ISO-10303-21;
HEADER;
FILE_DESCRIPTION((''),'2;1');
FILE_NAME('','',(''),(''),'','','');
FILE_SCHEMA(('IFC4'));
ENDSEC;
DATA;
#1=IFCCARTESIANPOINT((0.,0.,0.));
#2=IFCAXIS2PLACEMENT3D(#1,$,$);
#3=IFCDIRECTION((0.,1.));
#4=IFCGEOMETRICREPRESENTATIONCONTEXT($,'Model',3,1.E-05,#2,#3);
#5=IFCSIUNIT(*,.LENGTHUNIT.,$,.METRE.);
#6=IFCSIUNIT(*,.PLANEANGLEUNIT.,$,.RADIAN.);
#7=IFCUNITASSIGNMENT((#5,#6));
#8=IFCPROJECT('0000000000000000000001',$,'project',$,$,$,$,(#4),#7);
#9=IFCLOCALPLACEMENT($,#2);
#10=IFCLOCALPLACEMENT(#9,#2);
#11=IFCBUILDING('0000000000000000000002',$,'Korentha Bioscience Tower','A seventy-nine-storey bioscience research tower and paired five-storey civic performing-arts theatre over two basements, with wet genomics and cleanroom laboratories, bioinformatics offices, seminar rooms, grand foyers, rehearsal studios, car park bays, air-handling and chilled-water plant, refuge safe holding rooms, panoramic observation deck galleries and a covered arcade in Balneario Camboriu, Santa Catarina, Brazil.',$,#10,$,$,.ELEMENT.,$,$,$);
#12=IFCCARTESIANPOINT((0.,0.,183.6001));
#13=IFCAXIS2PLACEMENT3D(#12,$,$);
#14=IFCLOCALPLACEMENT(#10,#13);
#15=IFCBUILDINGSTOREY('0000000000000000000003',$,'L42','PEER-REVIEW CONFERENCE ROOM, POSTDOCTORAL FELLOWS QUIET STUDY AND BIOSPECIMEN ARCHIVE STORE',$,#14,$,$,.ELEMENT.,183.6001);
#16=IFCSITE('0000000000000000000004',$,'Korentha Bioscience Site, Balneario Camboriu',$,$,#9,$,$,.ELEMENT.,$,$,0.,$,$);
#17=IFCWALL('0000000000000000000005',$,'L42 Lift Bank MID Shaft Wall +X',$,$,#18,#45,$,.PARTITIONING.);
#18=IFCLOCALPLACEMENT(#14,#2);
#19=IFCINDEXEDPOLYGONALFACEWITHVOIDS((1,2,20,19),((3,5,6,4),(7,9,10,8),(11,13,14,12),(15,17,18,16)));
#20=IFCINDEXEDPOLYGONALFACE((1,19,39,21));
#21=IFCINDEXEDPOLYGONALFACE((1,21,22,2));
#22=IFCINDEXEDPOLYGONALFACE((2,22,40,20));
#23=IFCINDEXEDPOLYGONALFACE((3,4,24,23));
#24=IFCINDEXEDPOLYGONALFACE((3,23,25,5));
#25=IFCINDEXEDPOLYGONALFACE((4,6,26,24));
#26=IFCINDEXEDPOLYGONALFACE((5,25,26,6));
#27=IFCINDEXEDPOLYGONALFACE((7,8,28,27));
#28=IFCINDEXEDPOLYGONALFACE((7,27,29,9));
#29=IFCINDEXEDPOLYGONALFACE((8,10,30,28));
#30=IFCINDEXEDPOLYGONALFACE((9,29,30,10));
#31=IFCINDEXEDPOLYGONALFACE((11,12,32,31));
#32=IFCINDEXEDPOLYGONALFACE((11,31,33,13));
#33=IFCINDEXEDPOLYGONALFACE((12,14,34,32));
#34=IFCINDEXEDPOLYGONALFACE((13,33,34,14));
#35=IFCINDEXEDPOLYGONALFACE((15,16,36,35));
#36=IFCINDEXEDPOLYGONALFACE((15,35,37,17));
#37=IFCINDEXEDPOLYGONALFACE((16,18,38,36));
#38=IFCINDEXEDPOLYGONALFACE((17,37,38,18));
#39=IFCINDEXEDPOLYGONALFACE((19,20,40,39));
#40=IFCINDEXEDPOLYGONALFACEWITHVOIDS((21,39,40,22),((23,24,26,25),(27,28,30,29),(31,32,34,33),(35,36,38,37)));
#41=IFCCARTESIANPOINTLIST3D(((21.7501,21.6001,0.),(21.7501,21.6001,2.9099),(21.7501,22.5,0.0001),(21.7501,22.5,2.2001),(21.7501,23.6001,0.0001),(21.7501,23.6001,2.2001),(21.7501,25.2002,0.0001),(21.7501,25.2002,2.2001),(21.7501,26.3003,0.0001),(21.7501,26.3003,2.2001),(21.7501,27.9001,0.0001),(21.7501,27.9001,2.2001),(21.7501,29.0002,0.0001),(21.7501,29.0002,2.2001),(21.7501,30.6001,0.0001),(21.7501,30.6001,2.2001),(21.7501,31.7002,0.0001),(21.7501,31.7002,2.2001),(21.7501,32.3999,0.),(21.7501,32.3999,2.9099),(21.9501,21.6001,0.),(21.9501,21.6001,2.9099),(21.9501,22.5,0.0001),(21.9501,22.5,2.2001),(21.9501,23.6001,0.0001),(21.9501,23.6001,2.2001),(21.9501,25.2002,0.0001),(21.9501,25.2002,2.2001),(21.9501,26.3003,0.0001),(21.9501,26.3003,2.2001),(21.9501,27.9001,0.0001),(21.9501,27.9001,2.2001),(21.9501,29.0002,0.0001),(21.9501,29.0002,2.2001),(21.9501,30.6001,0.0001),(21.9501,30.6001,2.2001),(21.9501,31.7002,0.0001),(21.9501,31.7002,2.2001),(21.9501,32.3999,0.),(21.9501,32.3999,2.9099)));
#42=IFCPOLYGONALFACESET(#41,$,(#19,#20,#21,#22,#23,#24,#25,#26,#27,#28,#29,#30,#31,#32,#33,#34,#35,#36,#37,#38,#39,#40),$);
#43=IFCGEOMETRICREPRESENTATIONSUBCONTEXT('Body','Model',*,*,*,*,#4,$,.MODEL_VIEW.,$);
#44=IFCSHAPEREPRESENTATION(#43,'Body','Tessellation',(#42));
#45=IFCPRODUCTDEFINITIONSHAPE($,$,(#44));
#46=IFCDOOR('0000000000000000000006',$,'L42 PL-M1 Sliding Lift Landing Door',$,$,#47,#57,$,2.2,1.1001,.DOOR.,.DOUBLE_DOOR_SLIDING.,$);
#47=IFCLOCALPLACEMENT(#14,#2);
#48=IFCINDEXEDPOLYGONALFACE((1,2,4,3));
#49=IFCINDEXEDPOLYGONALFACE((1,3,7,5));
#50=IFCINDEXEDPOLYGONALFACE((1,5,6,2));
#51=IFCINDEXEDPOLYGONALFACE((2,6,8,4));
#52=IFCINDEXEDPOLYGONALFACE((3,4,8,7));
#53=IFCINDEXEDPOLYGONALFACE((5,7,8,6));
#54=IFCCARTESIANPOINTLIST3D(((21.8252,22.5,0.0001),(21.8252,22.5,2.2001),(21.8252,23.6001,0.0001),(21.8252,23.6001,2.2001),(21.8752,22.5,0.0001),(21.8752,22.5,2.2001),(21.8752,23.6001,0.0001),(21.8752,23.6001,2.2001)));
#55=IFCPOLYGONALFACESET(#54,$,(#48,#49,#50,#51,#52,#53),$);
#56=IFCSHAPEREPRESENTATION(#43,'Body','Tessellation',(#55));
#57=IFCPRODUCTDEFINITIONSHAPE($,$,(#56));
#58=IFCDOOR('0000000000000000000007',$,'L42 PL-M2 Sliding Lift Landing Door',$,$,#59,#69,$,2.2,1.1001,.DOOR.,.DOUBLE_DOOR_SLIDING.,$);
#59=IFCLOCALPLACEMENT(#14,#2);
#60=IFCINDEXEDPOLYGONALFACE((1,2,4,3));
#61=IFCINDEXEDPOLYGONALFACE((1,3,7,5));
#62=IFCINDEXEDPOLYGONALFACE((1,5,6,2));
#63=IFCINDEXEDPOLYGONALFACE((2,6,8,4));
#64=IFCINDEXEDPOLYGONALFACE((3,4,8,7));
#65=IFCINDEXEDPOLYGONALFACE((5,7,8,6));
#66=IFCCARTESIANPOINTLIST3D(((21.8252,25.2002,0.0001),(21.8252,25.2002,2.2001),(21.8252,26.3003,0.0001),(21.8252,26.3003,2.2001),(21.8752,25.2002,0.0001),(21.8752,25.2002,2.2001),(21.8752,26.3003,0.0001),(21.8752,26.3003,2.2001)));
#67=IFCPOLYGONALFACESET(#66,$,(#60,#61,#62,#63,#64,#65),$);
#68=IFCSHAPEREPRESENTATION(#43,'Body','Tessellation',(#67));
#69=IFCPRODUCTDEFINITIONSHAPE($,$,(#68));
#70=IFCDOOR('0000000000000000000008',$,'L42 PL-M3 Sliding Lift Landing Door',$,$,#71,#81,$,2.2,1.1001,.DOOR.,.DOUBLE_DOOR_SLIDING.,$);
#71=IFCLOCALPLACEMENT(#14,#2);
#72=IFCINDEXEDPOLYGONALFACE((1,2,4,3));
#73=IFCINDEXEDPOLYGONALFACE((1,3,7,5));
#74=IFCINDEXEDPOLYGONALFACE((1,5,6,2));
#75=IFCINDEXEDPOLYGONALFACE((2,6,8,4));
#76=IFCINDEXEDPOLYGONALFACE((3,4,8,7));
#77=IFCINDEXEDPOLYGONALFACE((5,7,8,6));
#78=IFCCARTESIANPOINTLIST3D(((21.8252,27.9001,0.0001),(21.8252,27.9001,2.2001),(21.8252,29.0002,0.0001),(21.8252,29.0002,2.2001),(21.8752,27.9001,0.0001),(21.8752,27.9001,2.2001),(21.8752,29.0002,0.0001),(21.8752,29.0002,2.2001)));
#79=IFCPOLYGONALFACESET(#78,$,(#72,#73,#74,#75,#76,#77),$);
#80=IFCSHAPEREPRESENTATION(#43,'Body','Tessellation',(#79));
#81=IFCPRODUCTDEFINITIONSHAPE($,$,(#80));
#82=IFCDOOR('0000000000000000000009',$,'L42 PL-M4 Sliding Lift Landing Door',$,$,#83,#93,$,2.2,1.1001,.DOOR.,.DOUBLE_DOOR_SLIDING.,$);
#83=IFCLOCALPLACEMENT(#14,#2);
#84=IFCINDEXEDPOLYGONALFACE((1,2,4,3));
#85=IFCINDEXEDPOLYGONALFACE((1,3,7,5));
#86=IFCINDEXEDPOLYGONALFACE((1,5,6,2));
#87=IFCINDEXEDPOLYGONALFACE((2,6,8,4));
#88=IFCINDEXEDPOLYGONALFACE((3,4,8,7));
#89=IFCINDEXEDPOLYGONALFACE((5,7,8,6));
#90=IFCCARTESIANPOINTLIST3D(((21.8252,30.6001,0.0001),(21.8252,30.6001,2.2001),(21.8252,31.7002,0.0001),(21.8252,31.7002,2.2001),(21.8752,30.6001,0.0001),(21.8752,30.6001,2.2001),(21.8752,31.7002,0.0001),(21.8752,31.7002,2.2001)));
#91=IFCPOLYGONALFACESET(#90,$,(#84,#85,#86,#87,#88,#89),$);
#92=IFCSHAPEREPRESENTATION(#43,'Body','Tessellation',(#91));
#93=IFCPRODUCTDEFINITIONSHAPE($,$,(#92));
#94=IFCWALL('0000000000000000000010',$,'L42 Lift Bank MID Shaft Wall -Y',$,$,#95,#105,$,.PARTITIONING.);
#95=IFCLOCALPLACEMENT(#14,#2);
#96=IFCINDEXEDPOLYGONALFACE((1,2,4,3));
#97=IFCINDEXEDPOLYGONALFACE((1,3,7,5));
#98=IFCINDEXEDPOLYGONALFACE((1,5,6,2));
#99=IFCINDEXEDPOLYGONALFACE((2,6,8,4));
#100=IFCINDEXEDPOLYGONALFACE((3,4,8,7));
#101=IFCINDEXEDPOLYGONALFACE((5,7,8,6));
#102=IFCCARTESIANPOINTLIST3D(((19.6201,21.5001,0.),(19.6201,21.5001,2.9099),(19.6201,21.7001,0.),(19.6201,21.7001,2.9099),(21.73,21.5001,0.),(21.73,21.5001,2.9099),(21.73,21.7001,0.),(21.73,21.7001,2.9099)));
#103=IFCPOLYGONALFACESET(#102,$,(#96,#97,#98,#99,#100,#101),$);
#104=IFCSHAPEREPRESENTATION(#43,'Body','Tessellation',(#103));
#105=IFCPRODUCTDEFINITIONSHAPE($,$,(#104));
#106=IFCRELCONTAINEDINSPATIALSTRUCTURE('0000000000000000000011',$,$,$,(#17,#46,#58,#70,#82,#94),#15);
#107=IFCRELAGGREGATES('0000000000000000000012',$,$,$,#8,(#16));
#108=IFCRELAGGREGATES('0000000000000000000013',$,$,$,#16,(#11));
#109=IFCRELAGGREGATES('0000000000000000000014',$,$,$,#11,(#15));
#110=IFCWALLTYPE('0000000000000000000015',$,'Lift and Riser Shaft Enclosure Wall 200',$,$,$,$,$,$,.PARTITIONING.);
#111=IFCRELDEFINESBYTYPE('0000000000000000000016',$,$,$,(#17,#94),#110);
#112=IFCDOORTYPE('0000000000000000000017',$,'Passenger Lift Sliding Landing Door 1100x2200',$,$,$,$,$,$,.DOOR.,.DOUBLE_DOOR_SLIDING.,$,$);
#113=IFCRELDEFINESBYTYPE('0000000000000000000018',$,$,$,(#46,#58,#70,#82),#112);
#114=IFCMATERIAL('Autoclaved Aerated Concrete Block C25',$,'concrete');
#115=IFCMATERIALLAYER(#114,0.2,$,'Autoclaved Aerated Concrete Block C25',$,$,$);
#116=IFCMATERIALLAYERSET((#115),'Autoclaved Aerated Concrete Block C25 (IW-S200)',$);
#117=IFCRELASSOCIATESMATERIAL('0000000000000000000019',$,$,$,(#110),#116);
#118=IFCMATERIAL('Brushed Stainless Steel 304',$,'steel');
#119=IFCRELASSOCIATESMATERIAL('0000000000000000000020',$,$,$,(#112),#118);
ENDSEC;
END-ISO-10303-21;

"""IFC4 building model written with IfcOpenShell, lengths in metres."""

from ifc_helpers import new_model, si_unit, direction, frame, frame_2d, origin, place, context, subcontext, project, spatial, rectangle, extrude, material, layer, layer_set, type_object, element, fill, save


model = new_model("IFC4")

# Units and contexts
model_context = context("Model", 3, precision=1e-05, world=origin(), true_north=direction((0.0, 1.0)))
body_context = subcontext(model_context, "Body", "Model", "MODEL_VIEW")
ifc_project = project(units=[si_unit("LENGTHUNIT", "METRE"), si_unit("PLANEANGLEUNIT", "RADIAN")], contexts=[model_context])

# Site, building, storey
site_placement = place(None, origin())
site = spatial("IfcSite", under=ifc_project, at=site_placement, Name="Korentha Bioscience Site, Balneario Camboriu", CompositionType="ELEMENT", RefElevation=0.0)
building_placement = place(site_placement, origin())
building = spatial("IfcBuilding", under=site, at=building_placement, Name="Korentha Bioscience Tower", Description="A seventy-nine-storey bioscience research tower and paired five-storey civic performing-arts theatre over two basements, with wet genomics and cleanroom laboratories, bioinformatics offices, seminar rooms, grand foyers, rehearsal studios, car park bays, air-handling and chilled-water plant, refuge safe holding rooms, panoramic observation deck galleries and a covered arcade in Balneario Camboriu, Santa Catarina, Brazil.", CompositionType="ELEMENT")
storey_placement = place(building_placement, frame((0.0, 0.0, 183.6001)))
storey = spatial("IfcBuildingStorey", under=building, at=storey_placement, Name="L42", Description="PEER-REVIEW CONFERENCE ROOM, POSTDOCTORAL FELLOWS QUIET STUDY AND BIOSPECIMEN ARCHIVE STORE", CompositionType="ELEMENT", Elevation=183.6001)

# Shared definitions
ifc_material_1 = material(Name="Autoclaved Aerated Concrete Block C25", Category="concrete")
ifc_layer_1 = layer(ifc_material_1, 0.2, Name="Autoclaved Aerated Concrete Block C25")
ifc_layer_set_1 = layer_set([ifc_layer_1], Name="Autoclaved Aerated Concrete Block C25 (IW-S200)")
wall_type_1 = type_object("IfcWallType", Name="Lift and Riser Shaft Enclosure Wall 200", PredefinedType="PARTITIONING", material=ifc_layer_set_1)

# Wall, openings, doors
wall_1_placement = place(storey_placement, frame((21.8501, 21.6001, 0.0), z_axis=(0.0, 0.0, 1.0), x_axis=(0.0, 1.0, 0.0)))
wall_1 = element("IfcWall", 1, at=wall_1_placement, inside=storey, type_object=wall_type_1, Name="L42 Lift Bank MID Shaft Wall +X", PredefinedType="PARTITIONING", context=body_context, shape_type="SweptSolid", body=[
    extrude(rectangle(XDim=10.7998, YDim=0.2, at=frame_2d((5.3999, 0.0))), origin(), (0.0, 0.0, 1.0), 2.9099),
])
opening_1_placement = place(wall_1_placement, frame((0.8999, 0.0, 0.0)))
opening_1 = element("IfcOpeningElement", 2, at=opening_1_placement, cuts=wall_1, PredefinedType="OPENING", context=body_context, shape_type="SweptSolid", body=[
    extrude(rectangle(XDim=1.1001, YDim=2.2, at=frame_2d((0.55, 1.1001))), frame((0.0, 0.1147, 0.0), z_axis=(0.0, -1.0, 0.0), x_axis=(1.0, 0.0, 0.0)), (0.0, 0.0, 1.0), 0.2297),
])
opening_2_placement = place(wall_1_placement, frame((3.6001, 0.0, 0.0)))
opening_2 = element("IfcOpeningElement", 3, at=opening_2_placement, cuts=wall_1, PredefinedType="OPENING", context=body_context, shape_type="SweptSolid", body=[
    extrude(rectangle(XDim=1.1001, YDim=2.2, at=frame_2d((0.55, 1.1001))), frame((0.0, 0.1147, 0.0), z_axis=(0.0, -1.0, 0.0), x_axis=(1.0, 0.0, 0.0)), (0.0, 0.0, 1.0), 0.2297),
])
opening_3_placement = place(wall_1_placement, frame((6.3, 0.0, 0.0)))
opening_3 = element("IfcOpeningElement", 4, at=opening_3_placement, cuts=wall_1, PredefinedType="OPENING", context=body_context, shape_type="SweptSolid", body=[
    extrude(rectangle(XDim=1.1001, YDim=2.2, at=frame_2d((0.55, 1.1001))), frame((0.0, 0.1147, 0.0), z_axis=(0.0, -1.0, 0.0), x_axis=(1.0, 0.0, 0.0)), (0.0, 0.0, 1.0), 0.2297),
])
opening_4_placement = place(wall_1_placement, frame((9.0, 0.0, 0.0)))
opening_4 = element("IfcOpeningElement", 5, at=opening_4_placement, cuts=wall_1, PredefinedType="OPENING", context=body_context, shape_type="SweptSolid", body=[
    extrude(rectangle(XDim=1.1001, YDim=2.2, at=frame_2d((0.55, 1.1001))), frame((0.0, 0.1147, 0.0), z_axis=(0.0, -1.0, 0.0), x_axis=(1.0, 0.0, 0.0)), (0.0, 0.0, 1.0), 0.2297),
])
ifc_material_2 = material(Name="Brushed Stainless Steel 304", Category="steel")
door_type_1 = type_object("IfcDoorType", Name="Passenger Lift Sliding Landing Door 1100x2200", OperationType="DOUBLE_DOOR_SLIDING", PredefinedType="DOOR", material=ifc_material_2)
door_1_placement = place(opening_1_placement, origin())
door_1 = element("IfcDoor", 6, at=door_1_placement, inside=storey, type_object=door_type_1, Name="L42 PL-M1 Sliding Lift Landing Door", OperationType="DOUBLE_DOOR_SLIDING", OverallHeight=2.2, OverallWidth=1.1001, PredefinedType="DOOR", context=body_context, shape_type="SweptSolid", body=[
    extrude(rectangle(XDim=1.1001, YDim=2.2, at=frame_2d((0.55, 1.1001))), frame((0.0, 0.0249, 0.0), z_axis=(0.0, -1.0, 0.0), x_axis=(1.0, 0.0, 0.0)), (0.0, 0.0, 1.0), 0.05),
])
fill(opening_1, door_1)
door_2_placement = place(opening_2_placement, origin())
door_2 = element("IfcDoor", 7, at=door_2_placement, inside=storey, type_object=door_type_1, Name="L42 PL-M2 Sliding Lift Landing Door", OperationType="DOUBLE_DOOR_SLIDING", OverallHeight=2.2, OverallWidth=1.1001, PredefinedType="DOOR", context=body_context, shape_type="SweptSolid", body=[
    extrude(rectangle(XDim=1.1001, YDim=2.2, at=frame_2d((0.55, 1.1001))), frame((0.0, 0.0249, 0.0), z_axis=(0.0, -1.0, 0.0), x_axis=(1.0, 0.0, 0.0)), (0.0, 0.0, 1.0), 0.05),
])
fill(opening_2, door_2)
door_3_placement = place(opening_3_placement, origin())
door_3 = element("IfcDoor", 8, at=door_3_placement, inside=storey, type_object=door_type_1, Name="L42 PL-M3 Sliding Lift Landing Door", OperationType="DOUBLE_DOOR_SLIDING", OverallHeight=2.2, OverallWidth=1.1001, PredefinedType="DOOR", context=body_context, shape_type="SweptSolid", body=[
    extrude(rectangle(XDim=1.1001, YDim=2.2, at=frame_2d((0.55, 1.1001))), frame((0.0, 0.0249, 0.0), z_axis=(0.0, -1.0, 0.0), x_axis=(1.0, 0.0, 0.0)), (0.0, 0.0, 1.0), 0.05),
])
fill(opening_3, door_3)
door_4_placement = place(opening_4_placement, origin())
door_4 = element("IfcDoor", 9, at=door_4_placement, inside=storey, type_object=door_type_1, Name="L42 PL-M4 Sliding Lift Landing Door", OperationType="DOUBLE_DOOR_SLIDING", OverallHeight=2.2, OverallWidth=1.1001, PredefinedType="DOOR", context=body_context, shape_type="SweptSolid", body=[
    extrude(rectangle(XDim=1.1001, YDim=2.2, at=frame_2d((0.55, 1.1001))), frame((0.0, 0.0249, 0.0), z_axis=(0.0, -1.0, 0.0), x_axis=(1.0, 0.0, 0.0)), (0.0, 0.0, 1.0), 0.05),
])
fill(opening_4, door_4)

# Wall
wall_2_placement = place(storey_placement, frame((19.6201, 21.6001, 0.0), z_axis=(0.0, 0.0, 1.0), x_axis=(1.0, 0.0, 0.0)))
element("IfcWall", 10, at=wall_2_placement, inside=storey, type_object=wall_type_1, Name="L42 Lift Bank MID Shaft Wall -Y", PredefinedType="PARTITIONING", context=body_context, shape_type="SweptSolid", body=[
    extrude(rectangle(XDim=2.1099, YDim=0.2, at=frame_2d((1.0549, 0.0))), origin(), (0.0, 0.0, 1.0), 2.9099),
])

save(model, "model.ifc")
